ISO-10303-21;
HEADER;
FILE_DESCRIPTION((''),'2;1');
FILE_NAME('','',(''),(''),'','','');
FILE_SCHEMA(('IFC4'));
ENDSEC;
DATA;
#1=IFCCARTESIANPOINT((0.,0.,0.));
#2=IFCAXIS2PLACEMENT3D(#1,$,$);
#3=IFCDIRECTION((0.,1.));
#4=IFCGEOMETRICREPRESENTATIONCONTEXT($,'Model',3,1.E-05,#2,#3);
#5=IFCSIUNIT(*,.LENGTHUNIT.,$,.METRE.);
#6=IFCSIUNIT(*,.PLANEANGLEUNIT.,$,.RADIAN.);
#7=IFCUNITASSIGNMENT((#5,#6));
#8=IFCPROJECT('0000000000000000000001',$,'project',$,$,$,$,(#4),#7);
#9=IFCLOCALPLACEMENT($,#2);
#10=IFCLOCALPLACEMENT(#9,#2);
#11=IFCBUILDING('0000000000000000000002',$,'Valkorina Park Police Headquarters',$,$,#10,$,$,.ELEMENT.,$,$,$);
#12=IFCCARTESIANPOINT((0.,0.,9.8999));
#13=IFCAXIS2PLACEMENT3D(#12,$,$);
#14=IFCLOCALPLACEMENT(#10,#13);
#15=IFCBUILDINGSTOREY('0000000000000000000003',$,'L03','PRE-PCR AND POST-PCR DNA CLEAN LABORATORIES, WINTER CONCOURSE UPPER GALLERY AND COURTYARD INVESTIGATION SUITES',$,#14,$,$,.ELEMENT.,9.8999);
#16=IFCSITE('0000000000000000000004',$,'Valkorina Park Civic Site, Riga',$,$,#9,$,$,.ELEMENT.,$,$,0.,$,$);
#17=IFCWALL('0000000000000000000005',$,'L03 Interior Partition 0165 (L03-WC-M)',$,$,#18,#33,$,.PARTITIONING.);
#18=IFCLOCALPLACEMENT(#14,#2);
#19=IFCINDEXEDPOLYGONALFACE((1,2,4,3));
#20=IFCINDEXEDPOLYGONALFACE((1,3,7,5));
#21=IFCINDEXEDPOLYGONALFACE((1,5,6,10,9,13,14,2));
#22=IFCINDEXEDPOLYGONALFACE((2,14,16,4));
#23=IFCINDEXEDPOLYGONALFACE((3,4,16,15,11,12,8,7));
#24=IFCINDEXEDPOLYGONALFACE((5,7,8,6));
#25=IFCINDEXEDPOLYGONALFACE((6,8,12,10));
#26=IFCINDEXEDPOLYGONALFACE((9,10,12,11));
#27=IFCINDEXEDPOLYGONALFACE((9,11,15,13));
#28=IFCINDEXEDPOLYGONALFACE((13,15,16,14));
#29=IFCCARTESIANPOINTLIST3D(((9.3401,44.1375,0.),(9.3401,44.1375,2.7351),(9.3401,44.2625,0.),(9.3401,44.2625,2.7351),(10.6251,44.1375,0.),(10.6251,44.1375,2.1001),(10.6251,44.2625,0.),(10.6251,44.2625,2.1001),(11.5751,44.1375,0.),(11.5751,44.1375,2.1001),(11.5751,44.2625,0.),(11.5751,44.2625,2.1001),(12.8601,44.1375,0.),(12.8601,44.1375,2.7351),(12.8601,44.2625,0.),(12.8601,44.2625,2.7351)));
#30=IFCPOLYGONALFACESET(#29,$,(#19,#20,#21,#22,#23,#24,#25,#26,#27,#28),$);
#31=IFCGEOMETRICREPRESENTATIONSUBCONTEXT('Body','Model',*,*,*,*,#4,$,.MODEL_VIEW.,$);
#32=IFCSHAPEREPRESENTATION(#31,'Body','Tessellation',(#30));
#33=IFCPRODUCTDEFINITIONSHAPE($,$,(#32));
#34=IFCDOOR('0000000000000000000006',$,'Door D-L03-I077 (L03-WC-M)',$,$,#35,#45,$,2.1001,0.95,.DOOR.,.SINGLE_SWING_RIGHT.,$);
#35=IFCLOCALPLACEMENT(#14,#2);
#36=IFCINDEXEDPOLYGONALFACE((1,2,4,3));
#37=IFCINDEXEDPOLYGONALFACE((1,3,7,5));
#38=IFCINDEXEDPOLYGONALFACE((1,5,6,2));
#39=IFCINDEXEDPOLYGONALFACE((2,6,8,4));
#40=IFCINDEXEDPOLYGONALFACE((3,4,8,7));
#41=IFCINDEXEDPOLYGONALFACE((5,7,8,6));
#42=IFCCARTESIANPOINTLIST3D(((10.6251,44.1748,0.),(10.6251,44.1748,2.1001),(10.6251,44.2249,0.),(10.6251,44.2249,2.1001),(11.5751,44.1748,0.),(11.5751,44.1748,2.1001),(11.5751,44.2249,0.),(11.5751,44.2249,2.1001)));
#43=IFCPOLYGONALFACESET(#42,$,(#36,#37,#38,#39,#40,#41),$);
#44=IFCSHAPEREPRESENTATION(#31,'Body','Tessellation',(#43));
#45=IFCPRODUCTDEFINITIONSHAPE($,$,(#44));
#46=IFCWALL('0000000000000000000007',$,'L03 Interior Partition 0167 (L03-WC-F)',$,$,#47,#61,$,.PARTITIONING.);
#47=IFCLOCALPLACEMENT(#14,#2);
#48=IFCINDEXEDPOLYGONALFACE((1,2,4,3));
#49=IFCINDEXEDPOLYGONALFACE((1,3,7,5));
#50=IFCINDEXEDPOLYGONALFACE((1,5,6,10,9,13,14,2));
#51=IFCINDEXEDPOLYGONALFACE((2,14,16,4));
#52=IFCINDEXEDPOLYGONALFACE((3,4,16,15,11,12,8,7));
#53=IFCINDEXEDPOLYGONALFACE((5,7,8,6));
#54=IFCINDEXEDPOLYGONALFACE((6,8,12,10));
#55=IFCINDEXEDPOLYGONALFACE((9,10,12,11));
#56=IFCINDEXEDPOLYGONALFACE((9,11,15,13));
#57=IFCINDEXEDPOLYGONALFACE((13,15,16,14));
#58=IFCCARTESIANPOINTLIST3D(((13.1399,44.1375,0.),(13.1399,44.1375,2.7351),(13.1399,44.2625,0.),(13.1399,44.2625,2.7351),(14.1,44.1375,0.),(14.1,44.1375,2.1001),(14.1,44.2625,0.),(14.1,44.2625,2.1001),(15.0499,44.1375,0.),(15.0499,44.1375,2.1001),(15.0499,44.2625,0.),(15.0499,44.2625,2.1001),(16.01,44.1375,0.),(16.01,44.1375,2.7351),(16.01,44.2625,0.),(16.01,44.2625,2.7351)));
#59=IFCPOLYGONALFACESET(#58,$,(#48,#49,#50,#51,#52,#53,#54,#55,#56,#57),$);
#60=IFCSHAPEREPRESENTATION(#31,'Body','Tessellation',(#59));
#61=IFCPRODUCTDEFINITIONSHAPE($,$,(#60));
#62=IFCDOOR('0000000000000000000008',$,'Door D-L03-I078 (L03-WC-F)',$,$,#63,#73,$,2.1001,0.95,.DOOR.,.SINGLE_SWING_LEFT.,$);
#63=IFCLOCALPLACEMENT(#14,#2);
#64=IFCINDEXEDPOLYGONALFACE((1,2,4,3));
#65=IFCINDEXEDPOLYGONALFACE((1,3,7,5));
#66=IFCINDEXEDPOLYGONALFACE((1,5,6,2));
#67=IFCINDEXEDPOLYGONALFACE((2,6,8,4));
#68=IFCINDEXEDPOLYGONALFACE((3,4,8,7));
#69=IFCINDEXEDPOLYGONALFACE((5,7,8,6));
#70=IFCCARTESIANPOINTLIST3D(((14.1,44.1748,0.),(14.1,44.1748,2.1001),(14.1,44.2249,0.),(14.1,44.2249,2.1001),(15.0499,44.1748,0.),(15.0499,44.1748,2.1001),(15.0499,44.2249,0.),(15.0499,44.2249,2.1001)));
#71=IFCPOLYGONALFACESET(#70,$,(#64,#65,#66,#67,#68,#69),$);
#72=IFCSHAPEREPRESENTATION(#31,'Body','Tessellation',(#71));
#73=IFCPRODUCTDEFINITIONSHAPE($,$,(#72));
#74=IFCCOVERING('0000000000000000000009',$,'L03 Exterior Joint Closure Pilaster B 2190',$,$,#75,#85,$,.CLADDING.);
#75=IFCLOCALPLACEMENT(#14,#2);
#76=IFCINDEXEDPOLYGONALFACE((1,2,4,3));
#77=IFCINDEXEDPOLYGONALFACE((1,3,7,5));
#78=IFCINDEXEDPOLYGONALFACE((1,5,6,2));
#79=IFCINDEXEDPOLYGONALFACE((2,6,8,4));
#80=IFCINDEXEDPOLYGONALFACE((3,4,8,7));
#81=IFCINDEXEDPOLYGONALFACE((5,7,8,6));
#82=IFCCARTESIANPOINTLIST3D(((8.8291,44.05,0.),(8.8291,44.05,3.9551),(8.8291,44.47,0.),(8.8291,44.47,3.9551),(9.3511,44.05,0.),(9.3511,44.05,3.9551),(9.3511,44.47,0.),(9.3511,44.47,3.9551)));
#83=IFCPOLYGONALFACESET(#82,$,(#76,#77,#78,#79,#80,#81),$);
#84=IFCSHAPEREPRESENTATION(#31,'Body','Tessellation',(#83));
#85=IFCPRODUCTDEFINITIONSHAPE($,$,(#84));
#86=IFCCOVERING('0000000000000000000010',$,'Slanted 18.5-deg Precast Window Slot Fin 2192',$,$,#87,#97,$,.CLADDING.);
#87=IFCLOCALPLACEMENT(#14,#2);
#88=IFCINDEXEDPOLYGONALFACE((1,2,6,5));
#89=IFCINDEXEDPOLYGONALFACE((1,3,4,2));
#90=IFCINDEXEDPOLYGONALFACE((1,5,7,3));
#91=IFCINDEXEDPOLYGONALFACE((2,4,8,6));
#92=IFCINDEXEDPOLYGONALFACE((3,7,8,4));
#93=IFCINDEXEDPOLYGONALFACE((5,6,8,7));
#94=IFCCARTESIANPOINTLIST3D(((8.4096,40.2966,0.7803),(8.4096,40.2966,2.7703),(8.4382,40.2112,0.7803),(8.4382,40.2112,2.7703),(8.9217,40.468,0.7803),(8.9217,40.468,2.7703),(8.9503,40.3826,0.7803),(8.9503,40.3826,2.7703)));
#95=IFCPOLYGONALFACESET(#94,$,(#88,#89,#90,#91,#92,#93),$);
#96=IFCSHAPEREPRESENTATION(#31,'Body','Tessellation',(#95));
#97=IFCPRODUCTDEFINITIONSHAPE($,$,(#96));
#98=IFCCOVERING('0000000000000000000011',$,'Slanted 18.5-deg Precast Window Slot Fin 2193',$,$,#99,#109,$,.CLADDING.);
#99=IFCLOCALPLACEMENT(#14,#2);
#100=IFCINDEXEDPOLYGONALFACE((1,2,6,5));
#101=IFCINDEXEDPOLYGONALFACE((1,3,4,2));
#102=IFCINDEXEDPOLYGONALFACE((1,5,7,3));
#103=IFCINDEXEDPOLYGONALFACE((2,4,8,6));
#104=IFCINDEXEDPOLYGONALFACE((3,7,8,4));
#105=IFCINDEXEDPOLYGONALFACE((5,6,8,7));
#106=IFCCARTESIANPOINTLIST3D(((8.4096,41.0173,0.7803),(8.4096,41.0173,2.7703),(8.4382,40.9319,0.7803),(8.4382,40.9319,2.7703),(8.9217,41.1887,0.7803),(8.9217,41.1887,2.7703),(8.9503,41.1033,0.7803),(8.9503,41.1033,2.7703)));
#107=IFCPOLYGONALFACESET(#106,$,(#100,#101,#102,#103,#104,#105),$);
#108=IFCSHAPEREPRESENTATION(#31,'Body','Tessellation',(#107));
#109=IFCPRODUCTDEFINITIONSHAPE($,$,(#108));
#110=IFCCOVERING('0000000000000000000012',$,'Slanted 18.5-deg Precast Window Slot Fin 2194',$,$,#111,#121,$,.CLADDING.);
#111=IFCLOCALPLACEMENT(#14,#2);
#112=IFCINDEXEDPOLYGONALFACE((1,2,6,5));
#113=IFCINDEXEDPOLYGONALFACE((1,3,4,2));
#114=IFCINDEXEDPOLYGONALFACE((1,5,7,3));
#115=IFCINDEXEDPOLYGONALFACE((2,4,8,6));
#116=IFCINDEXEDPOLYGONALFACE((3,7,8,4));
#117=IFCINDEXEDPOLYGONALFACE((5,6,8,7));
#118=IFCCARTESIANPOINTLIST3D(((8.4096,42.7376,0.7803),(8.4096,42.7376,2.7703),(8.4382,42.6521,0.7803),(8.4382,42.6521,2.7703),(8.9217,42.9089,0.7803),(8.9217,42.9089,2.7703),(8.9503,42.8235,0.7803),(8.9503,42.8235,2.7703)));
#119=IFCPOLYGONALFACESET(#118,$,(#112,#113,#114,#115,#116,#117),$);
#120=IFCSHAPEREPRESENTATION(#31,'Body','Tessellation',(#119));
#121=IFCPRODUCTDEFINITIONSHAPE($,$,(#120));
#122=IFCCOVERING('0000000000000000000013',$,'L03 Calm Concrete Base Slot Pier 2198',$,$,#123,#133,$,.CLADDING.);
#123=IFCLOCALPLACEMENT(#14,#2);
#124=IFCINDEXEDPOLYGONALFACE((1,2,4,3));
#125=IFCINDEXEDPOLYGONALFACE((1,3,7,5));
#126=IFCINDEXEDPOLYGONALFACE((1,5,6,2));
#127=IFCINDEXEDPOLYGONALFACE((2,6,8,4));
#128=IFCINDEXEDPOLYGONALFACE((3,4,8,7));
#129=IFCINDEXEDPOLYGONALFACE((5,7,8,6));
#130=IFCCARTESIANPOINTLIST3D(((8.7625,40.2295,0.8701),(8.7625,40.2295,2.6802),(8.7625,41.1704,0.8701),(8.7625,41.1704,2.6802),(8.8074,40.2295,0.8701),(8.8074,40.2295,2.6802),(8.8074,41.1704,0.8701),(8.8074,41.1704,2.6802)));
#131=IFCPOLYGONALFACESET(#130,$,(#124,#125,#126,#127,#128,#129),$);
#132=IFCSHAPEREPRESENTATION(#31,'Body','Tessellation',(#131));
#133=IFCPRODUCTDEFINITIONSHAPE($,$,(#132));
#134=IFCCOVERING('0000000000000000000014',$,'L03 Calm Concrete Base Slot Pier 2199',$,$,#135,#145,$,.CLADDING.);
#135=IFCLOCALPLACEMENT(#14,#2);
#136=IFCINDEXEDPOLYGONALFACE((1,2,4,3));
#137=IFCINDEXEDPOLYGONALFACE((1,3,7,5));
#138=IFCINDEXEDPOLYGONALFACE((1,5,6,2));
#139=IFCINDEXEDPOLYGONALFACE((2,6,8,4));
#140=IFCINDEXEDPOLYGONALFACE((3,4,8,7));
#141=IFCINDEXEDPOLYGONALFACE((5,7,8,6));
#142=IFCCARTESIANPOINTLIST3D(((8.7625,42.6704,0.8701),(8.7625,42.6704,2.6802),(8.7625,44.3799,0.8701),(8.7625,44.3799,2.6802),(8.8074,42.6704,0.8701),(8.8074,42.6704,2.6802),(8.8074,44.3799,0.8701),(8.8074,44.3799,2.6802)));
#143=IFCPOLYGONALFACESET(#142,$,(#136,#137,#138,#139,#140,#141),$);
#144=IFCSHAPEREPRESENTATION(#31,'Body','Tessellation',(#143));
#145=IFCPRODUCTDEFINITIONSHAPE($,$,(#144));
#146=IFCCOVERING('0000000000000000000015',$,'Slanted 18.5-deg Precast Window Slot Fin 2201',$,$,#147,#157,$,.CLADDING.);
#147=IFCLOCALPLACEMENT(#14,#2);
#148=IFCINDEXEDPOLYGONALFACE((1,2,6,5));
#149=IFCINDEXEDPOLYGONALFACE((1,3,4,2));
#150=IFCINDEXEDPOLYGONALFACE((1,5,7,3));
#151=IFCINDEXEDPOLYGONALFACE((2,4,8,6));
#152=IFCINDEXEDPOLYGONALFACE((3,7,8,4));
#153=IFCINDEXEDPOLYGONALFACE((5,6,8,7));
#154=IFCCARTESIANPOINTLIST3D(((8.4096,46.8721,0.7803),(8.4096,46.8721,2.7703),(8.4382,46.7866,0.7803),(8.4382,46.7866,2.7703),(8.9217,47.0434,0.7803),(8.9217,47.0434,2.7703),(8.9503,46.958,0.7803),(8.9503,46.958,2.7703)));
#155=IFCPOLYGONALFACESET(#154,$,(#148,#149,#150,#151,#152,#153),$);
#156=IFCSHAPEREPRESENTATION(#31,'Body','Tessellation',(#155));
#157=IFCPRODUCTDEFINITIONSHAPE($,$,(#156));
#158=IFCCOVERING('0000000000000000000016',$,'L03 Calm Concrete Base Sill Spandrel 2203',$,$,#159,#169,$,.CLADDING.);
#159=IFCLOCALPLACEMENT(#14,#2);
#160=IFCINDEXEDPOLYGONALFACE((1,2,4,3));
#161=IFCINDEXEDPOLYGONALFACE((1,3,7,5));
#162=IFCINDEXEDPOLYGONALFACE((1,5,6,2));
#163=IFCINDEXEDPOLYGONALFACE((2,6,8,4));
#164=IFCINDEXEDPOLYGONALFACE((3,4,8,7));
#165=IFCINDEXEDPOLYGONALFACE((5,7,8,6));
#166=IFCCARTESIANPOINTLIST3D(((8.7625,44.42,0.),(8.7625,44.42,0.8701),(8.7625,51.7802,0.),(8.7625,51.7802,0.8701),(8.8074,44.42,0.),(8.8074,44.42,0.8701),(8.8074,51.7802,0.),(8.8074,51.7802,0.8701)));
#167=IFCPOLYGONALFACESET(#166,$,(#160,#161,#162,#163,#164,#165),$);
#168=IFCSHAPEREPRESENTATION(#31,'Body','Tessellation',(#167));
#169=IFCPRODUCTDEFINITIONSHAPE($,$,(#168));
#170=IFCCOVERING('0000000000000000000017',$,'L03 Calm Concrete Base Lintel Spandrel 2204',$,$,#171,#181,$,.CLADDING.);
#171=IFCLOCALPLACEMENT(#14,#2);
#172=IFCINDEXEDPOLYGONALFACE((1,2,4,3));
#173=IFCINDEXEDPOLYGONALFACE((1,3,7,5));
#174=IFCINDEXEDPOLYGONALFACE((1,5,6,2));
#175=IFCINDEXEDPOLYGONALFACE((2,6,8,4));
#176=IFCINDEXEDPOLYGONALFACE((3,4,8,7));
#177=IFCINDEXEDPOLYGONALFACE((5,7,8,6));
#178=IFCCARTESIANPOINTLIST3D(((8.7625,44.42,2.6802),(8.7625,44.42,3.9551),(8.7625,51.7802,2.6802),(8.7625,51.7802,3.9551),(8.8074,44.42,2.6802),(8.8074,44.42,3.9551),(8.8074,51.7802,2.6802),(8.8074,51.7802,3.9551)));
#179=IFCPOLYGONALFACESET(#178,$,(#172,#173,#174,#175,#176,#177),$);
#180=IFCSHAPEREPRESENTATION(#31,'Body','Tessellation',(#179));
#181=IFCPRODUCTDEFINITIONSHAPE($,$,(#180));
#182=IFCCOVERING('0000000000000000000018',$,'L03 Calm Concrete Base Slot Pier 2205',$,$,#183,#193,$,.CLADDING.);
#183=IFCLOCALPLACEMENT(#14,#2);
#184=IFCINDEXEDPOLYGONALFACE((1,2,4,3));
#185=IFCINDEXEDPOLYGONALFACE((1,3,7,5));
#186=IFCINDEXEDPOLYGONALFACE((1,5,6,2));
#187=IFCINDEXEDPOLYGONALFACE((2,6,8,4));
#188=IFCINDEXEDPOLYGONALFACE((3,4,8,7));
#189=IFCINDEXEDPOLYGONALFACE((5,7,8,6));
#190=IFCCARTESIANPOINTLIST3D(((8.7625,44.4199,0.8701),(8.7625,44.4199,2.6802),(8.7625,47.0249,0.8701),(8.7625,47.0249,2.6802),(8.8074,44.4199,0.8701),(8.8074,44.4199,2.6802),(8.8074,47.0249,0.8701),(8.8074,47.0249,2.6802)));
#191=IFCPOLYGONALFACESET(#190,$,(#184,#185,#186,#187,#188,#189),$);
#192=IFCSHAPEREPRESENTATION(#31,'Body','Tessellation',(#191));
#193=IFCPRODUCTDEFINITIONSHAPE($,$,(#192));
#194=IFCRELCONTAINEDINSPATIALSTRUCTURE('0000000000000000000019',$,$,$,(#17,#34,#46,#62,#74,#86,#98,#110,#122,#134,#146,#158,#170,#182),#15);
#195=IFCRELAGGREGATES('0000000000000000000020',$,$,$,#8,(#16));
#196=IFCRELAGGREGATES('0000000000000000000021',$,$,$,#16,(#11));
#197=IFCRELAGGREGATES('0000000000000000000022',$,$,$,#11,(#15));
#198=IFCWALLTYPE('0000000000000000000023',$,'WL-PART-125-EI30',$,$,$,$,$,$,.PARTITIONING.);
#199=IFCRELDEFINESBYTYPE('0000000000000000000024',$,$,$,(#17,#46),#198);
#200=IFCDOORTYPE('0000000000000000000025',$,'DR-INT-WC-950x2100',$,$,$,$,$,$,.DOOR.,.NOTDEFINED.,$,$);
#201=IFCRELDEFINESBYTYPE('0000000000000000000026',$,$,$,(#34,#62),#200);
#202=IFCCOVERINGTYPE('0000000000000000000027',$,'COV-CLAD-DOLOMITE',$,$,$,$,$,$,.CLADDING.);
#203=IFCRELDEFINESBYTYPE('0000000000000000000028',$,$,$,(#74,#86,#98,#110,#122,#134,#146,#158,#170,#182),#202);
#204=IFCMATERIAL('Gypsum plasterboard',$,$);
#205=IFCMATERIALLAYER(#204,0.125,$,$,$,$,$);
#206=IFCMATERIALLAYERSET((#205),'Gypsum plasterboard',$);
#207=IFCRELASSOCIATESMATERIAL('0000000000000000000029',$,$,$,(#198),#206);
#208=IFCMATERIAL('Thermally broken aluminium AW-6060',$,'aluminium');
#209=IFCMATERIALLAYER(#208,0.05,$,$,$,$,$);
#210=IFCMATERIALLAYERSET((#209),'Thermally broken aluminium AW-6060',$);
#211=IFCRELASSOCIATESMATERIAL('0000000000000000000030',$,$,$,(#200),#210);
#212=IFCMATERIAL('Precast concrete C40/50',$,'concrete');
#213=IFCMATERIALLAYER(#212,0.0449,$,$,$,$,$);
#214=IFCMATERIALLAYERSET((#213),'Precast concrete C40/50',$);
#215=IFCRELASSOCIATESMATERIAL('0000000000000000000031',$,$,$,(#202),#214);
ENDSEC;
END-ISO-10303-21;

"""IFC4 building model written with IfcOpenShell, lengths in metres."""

from ifc_helpers import new_model, si_unit, direction, frame, frame_2d, origin, origin_2d, place, context, subcontext, project, spatial, rectangle, extrude, material, layer, layer_set, type_object, element, fill, save


model = new_model("IFC4")

# Units and contexts
model_context = context("Model", 3, precision=1e-05, world=origin(), true_north=direction((0.0, 1.0)))
body_context = subcontext(model_context, "Body", "Model", "MODEL_VIEW")
ifc_project = project(units=[si_unit("LENGTHUNIT", "METRE"), si_unit("PLANEANGLEUNIT", "RADIAN")], contexts=[model_context])

# Site, building, storey
site_placement = place(None, origin())
site = spatial("IfcSite", under=ifc_project, at=site_placement, Name="Valkorina Park Civic Site, Riga", CompositionType="ELEMENT", RefElevation=0.0)
building_placement = place(site_placement, origin())
building = spatial("IfcBuilding", under=site, at=building_placement, Name="Valkorina Park Police Headquarters", CompositionType="ELEMENT")
storey_placement = place(building_placement, frame((0.0, 0.0, 9.8999)))
storey = spatial("IfcBuildingStorey", under=building, at=storey_placement, Name="L03", Description="PRE-PCR AND POST-PCR DNA CLEAN LABORATORIES, WINTER CONCOURSE UPPER GALLERY AND COURTYARD INVESTIGATION SUITES", CompositionType="ELEMENT", Elevation=9.8999)

# Walls, openings, doors
ifc_material_1 = material(Name="Gypsum plasterboard")
ifc_layer_1 = layer(ifc_material_1, 0.125)
ifc_layer_set_1 = layer_set([ifc_layer_1], Name="Gypsum plasterboard")
wall_type_1 = type_object("IfcWallType", Name="WL-PART-125-EI30", PredefinedType="PARTITIONING", material=ifc_layer_set_1)
wall_1_placement = place(storey_placement, frame((9.3401, 44.2, 0.0), z_axis=(0.0, 0.0, 1.0), x_axis=(1.0, 0.0, 0.0)))
wall_1 = element("IfcWall", 1, at=wall_1_placement, inside=storey, type_object=wall_type_1, Name="L03 Interior Partition 0165 (L03-WC-M)", PredefinedType="PARTITIONING", context=body_context, shape_type="SweptSolid", body=[
    extrude(rectangle(XDim=3.52, YDim=0.125, at=frame_2d((1.76, 0.0))), origin(), (0.0, 0.0, 1.0), 2.7351),
])
opening_1_placement = place(wall_1_placement, frame((1.2849, 0.0, 0.0)))
opening_1 = element("IfcOpeningElement", 2, at=opening_1_placement, cuts=wall_1, PredefinedType="OPENING", context=body_context, shape_type="SweptSolid", body=[
    extrude(rectangle(XDim=0.95, YDim=2.1001, at=frame_2d((0.4751, 1.05))), frame((0.0, 0.0725, 0.0), z_axis=(0.0, -1.0, 0.0), x_axis=(1.0, 0.0, 0.0)), (0.0, 0.0, 1.0), 0.145),
])
ifc_material_2 = material(Name="Thermally broken aluminium AW-6060", Category="aluminium")
ifc_layer_2 = layer(ifc_material_2, 0.05)
ifc_layer_set_2 = layer_set([ifc_layer_2], Name="Thermally broken aluminium AW-6060")
door_type_1 = type_object("IfcDoorType", Name="DR-INT-WC-950x2100", OperationType="NOTDEFINED", PredefinedType="DOOR", material=ifc_layer_set_2)
door_1_placement = place(opening_1_placement, origin())
door_1 = element("IfcDoor", 3, at=door_1_placement, inside=storey, type_object=door_type_1, Name="Door D-L03-I077 (L03-WC-M)", OperationType="SINGLE_SWING_RIGHT", OverallHeight=2.1001, OverallWidth=0.95, PredefinedType="DOOR", context=body_context, shape_type="SweptSolid", body=[
    extrude(rectangle(XDim=0.95, YDim=2.1001, at=frame_2d((0.4751, 1.05))), frame((0.0, 0.0249, 0.0), z_axis=(0.0, -1.0, 0.0), x_axis=(1.0, 0.0, 0.0)), (0.0, 0.0, 1.0), 0.05),
])
fill(opening_1, door_1)
wall_2_placement = place(storey_placement, frame((13.1399, 44.2, 0.0), z_axis=(0.0, 0.0, 1.0), x_axis=(1.0, 0.0, 0.0)))
wall_2 = element("IfcWall", 4, at=wall_2_placement, inside=storey, type_object=wall_type_1, Name="L03 Interior Partition 0167 (L03-WC-F)", PredefinedType="PARTITIONING", context=body_context, shape_type="SweptSolid", body=[
    extrude(rectangle(XDim=2.8701, YDim=0.125, at=frame_2d((1.4351, 0.0))), origin(), (0.0, 0.0, 1.0), 2.7351),
])
opening_2_placement = place(wall_2_placement, frame((0.96, 0.0, 0.0)))
opening_2 = element("IfcOpeningElement", 5, at=opening_2_placement, cuts=wall_2, PredefinedType="OPENING", context=body_context, shape_type="SweptSolid", body=[
    extrude(rectangle(XDim=0.95, YDim=2.1001, at=frame_2d((0.4751, 1.05))), frame((0.0, 0.0725, 0.0), z_axis=(0.0, -1.0, 0.0), x_axis=(1.0, 0.0, 0.0)), (0.0, 0.0, 1.0), 0.145),
])
door_2_placement = place(opening_2_placement, origin())
door_2 = element("IfcDoor", 6, at=door_2_placement, inside=storey, type_object=door_type_1, Name="Door D-L03-I078 (L03-WC-F)", OperationType="SINGLE_SWING_LEFT", OverallHeight=2.1001, OverallWidth=0.95, PredefinedType="DOOR", context=body_context, shape_type="SweptSolid", body=[
    extrude(rectangle(XDim=0.95, YDim=2.1001, at=frame_2d((0.4751, 1.05))), frame((0.0, 0.0249, 0.0), z_axis=(0.0, -1.0, 0.0), x_axis=(1.0, 0.0, 0.0)), (0.0, 0.0, 1.0), 0.05),
])
fill(opening_2, door_2)

# Coverings
ifc_material_3 = material(Name="Precast concrete C40/50", Category="concrete")
ifc_layer_3 = layer(ifc_material_3, 0.0449)
ifc_layer_set_3 = layer_set([ifc_layer_3], Name="Precast concrete C40/50")
covering_type = type_object("IfcCoveringType", Name="COV-CLAD-DOLOMITE", PredefinedType="CLADDING", material=ifc_layer_set_3)
covering_1_placement = place(storey_placement, frame((9.0901, 44.26, 0.0), z_axis=(0.0, 0.0, 1.0), x_axis=(0.0, 1.0, 0.0)))
element("IfcCovering", 7, at=covering_1_placement, inside=storey, type_object=covering_type, Name="L03 Exterior Joint Closure Pilaster B 2190", PredefinedType="CLADDING", context=body_context, shape_type="SweptSolid", body=[
    extrude(rectangle(XDim=0.4199, YDim=0.522, at=origin_2d()), origin(), (0.0, 0.0, 1.0), 3.9551),
])
for number, where, z_axis, x_axis, name in (
    (8, (8.6799, 40.3396, 0.7803), (0.0, 0.0, 1.0), (-0.948324, -0.317305, 0.0), "Slanted 18.5-deg Precast Window Slot Fin 2192"),
    (9, (8.6799, 41.0603, 0.7803), (0.0, 0.0, 1.0), (-0.948324, -0.317305, 0.0), "Slanted 18.5-deg Precast Window Slot Fin 2193"),
    (10, (8.6799, 42.7805, 0.7803), (0.0, 0.0, 1.0), (-0.948324, -0.317305, 0.0), "Slanted 18.5-deg Precast Window Slot Fin 2194"),
):
    element("IfcCovering", number, at=place(storey_placement, frame(where, z_axis=z_axis, x_axis=x_axis)), inside=storey, type_object=covering_type, Name=name, PredefinedType="CLADDING", context=body_context, shape_type="SweptSolid", body=[
        extrude(rectangle(XDim=0.54, YDim=0.0901, at=origin_2d()), origin(), (0.0, 0.0, 1.0), 1.99),
    ])
covering_2_placement = place(storey_placement, frame((8.7849, 40.2295, 0.8701), z_axis=(0.0, 0.0, 1.0), x_axis=(0.0, 1.0, 0.0)))
element("IfcCovering", 11, at=covering_2_placement, inside=storey, type_object=covering_type, Name="L03 Calm Concrete Base Slot Pier 2198", PredefinedType="CLADDING", context=body_context, shape_type="SweptSolid", body=[
    extrude(rectangle(XDim=0.9409, YDim=0.0449, at=frame_2d((0.4705, 0.0))), origin(), (0.0, 0.0, 1.0), 1.8101),
])
covering_3_placement = place(storey_placement, frame((8.7849, 42.6704, 0.8701), z_axis=(0.0, 0.0, 1.0), x_axis=(0.0, 1.0, 0.0)))
element("IfcCovering", 12, at=covering_3_placement, inside=storey, type_object=covering_type, Name="L03 Calm Concrete Base Slot Pier 2199", PredefinedType="CLADDING", context=body_context, shape_type="SweptSolid", body=[
    extrude(rectangle(XDim=1.7095, YDim=0.0449, at=frame_2d((0.8547, 0.0))), origin(), (0.0, 0.0, 1.0), 1.8101),
])
covering_4_placement = place(storey_placement, frame((8.6799, 46.915, 0.7803), z_axis=(0.0, 0.0, 1.0), x_axis=(-0.948324, -0.317305, 0.0)))
element("IfcCovering", 13, at=covering_4_placement, inside=storey, type_object=covering_type, Name="Slanted 18.5-deg Precast Window Slot Fin 2201", PredefinedType="CLADDING", context=body_context, shape_type="SweptSolid", body=[
    extrude(rectangle(XDim=0.54, YDim=0.0901, at=origin_2d()), origin(), (0.0, 0.0, 1.0), 1.99),
])
covering_5_placement = place(storey_placement, frame((8.7849, 44.4199, 0.0), z_axis=(0.0, 0.0, 1.0), x_axis=(0.0, 1.0, 0.0)))
element("IfcCovering", 14, at=covering_5_placement, inside=storey, type_object=covering_type, Name="L03 Calm Concrete Base Sill Spandrel 2203", PredefinedType="CLADDING", context=body_context, shape_type="SweptSolid", body=[
    extrude(rectangle(XDim=7.3601, YDim=0.0449, at=frame_2d((3.6802, 0.0))), origin(), (0.0, 0.0, 1.0), 0.8701),
])
covering_6_placement = place(storey_placement, frame((8.7849, 44.4199, 2.6802), z_axis=(0.0, 0.0, 1.0), x_axis=(0.0, 1.0, 0.0)))
element("IfcCovering", 15, at=covering_6_placement, inside=storey, type_object=covering_type, Name="L03 Calm Concrete Base Lintel Spandrel 2204", PredefinedType="CLADDING", context=body_context, shape_type="SweptSolid", body=[
    extrude(rectangle(XDim=7.3601, YDim=0.0449, at=frame_2d((3.6802, 0.0))), origin(), (0.0, 0.0, 1.0), 1.2749),
])
covering_7_placement = place(storey_placement, frame((8.7849, 44.4199, 0.8701), z_axis=(0.0, 0.0, 1.0), x_axis=(0.0, 1.0, 0.0)))
element("IfcCovering", 16, at=covering_7_placement, inside=storey, type_object=covering_type, Name="L03 Calm Concrete Base Slot Pier 2205", PredefinedType="CLADDING", context=body_context, shape_type="SweptSolid", body=[
    extrude(rectangle(XDim=2.605, YDim=0.0449, at=frame_2d((1.3025, 0.0))), origin(), (0.0, 0.0, 1.0), 1.8101),
])

save(model, "model.ifc")
